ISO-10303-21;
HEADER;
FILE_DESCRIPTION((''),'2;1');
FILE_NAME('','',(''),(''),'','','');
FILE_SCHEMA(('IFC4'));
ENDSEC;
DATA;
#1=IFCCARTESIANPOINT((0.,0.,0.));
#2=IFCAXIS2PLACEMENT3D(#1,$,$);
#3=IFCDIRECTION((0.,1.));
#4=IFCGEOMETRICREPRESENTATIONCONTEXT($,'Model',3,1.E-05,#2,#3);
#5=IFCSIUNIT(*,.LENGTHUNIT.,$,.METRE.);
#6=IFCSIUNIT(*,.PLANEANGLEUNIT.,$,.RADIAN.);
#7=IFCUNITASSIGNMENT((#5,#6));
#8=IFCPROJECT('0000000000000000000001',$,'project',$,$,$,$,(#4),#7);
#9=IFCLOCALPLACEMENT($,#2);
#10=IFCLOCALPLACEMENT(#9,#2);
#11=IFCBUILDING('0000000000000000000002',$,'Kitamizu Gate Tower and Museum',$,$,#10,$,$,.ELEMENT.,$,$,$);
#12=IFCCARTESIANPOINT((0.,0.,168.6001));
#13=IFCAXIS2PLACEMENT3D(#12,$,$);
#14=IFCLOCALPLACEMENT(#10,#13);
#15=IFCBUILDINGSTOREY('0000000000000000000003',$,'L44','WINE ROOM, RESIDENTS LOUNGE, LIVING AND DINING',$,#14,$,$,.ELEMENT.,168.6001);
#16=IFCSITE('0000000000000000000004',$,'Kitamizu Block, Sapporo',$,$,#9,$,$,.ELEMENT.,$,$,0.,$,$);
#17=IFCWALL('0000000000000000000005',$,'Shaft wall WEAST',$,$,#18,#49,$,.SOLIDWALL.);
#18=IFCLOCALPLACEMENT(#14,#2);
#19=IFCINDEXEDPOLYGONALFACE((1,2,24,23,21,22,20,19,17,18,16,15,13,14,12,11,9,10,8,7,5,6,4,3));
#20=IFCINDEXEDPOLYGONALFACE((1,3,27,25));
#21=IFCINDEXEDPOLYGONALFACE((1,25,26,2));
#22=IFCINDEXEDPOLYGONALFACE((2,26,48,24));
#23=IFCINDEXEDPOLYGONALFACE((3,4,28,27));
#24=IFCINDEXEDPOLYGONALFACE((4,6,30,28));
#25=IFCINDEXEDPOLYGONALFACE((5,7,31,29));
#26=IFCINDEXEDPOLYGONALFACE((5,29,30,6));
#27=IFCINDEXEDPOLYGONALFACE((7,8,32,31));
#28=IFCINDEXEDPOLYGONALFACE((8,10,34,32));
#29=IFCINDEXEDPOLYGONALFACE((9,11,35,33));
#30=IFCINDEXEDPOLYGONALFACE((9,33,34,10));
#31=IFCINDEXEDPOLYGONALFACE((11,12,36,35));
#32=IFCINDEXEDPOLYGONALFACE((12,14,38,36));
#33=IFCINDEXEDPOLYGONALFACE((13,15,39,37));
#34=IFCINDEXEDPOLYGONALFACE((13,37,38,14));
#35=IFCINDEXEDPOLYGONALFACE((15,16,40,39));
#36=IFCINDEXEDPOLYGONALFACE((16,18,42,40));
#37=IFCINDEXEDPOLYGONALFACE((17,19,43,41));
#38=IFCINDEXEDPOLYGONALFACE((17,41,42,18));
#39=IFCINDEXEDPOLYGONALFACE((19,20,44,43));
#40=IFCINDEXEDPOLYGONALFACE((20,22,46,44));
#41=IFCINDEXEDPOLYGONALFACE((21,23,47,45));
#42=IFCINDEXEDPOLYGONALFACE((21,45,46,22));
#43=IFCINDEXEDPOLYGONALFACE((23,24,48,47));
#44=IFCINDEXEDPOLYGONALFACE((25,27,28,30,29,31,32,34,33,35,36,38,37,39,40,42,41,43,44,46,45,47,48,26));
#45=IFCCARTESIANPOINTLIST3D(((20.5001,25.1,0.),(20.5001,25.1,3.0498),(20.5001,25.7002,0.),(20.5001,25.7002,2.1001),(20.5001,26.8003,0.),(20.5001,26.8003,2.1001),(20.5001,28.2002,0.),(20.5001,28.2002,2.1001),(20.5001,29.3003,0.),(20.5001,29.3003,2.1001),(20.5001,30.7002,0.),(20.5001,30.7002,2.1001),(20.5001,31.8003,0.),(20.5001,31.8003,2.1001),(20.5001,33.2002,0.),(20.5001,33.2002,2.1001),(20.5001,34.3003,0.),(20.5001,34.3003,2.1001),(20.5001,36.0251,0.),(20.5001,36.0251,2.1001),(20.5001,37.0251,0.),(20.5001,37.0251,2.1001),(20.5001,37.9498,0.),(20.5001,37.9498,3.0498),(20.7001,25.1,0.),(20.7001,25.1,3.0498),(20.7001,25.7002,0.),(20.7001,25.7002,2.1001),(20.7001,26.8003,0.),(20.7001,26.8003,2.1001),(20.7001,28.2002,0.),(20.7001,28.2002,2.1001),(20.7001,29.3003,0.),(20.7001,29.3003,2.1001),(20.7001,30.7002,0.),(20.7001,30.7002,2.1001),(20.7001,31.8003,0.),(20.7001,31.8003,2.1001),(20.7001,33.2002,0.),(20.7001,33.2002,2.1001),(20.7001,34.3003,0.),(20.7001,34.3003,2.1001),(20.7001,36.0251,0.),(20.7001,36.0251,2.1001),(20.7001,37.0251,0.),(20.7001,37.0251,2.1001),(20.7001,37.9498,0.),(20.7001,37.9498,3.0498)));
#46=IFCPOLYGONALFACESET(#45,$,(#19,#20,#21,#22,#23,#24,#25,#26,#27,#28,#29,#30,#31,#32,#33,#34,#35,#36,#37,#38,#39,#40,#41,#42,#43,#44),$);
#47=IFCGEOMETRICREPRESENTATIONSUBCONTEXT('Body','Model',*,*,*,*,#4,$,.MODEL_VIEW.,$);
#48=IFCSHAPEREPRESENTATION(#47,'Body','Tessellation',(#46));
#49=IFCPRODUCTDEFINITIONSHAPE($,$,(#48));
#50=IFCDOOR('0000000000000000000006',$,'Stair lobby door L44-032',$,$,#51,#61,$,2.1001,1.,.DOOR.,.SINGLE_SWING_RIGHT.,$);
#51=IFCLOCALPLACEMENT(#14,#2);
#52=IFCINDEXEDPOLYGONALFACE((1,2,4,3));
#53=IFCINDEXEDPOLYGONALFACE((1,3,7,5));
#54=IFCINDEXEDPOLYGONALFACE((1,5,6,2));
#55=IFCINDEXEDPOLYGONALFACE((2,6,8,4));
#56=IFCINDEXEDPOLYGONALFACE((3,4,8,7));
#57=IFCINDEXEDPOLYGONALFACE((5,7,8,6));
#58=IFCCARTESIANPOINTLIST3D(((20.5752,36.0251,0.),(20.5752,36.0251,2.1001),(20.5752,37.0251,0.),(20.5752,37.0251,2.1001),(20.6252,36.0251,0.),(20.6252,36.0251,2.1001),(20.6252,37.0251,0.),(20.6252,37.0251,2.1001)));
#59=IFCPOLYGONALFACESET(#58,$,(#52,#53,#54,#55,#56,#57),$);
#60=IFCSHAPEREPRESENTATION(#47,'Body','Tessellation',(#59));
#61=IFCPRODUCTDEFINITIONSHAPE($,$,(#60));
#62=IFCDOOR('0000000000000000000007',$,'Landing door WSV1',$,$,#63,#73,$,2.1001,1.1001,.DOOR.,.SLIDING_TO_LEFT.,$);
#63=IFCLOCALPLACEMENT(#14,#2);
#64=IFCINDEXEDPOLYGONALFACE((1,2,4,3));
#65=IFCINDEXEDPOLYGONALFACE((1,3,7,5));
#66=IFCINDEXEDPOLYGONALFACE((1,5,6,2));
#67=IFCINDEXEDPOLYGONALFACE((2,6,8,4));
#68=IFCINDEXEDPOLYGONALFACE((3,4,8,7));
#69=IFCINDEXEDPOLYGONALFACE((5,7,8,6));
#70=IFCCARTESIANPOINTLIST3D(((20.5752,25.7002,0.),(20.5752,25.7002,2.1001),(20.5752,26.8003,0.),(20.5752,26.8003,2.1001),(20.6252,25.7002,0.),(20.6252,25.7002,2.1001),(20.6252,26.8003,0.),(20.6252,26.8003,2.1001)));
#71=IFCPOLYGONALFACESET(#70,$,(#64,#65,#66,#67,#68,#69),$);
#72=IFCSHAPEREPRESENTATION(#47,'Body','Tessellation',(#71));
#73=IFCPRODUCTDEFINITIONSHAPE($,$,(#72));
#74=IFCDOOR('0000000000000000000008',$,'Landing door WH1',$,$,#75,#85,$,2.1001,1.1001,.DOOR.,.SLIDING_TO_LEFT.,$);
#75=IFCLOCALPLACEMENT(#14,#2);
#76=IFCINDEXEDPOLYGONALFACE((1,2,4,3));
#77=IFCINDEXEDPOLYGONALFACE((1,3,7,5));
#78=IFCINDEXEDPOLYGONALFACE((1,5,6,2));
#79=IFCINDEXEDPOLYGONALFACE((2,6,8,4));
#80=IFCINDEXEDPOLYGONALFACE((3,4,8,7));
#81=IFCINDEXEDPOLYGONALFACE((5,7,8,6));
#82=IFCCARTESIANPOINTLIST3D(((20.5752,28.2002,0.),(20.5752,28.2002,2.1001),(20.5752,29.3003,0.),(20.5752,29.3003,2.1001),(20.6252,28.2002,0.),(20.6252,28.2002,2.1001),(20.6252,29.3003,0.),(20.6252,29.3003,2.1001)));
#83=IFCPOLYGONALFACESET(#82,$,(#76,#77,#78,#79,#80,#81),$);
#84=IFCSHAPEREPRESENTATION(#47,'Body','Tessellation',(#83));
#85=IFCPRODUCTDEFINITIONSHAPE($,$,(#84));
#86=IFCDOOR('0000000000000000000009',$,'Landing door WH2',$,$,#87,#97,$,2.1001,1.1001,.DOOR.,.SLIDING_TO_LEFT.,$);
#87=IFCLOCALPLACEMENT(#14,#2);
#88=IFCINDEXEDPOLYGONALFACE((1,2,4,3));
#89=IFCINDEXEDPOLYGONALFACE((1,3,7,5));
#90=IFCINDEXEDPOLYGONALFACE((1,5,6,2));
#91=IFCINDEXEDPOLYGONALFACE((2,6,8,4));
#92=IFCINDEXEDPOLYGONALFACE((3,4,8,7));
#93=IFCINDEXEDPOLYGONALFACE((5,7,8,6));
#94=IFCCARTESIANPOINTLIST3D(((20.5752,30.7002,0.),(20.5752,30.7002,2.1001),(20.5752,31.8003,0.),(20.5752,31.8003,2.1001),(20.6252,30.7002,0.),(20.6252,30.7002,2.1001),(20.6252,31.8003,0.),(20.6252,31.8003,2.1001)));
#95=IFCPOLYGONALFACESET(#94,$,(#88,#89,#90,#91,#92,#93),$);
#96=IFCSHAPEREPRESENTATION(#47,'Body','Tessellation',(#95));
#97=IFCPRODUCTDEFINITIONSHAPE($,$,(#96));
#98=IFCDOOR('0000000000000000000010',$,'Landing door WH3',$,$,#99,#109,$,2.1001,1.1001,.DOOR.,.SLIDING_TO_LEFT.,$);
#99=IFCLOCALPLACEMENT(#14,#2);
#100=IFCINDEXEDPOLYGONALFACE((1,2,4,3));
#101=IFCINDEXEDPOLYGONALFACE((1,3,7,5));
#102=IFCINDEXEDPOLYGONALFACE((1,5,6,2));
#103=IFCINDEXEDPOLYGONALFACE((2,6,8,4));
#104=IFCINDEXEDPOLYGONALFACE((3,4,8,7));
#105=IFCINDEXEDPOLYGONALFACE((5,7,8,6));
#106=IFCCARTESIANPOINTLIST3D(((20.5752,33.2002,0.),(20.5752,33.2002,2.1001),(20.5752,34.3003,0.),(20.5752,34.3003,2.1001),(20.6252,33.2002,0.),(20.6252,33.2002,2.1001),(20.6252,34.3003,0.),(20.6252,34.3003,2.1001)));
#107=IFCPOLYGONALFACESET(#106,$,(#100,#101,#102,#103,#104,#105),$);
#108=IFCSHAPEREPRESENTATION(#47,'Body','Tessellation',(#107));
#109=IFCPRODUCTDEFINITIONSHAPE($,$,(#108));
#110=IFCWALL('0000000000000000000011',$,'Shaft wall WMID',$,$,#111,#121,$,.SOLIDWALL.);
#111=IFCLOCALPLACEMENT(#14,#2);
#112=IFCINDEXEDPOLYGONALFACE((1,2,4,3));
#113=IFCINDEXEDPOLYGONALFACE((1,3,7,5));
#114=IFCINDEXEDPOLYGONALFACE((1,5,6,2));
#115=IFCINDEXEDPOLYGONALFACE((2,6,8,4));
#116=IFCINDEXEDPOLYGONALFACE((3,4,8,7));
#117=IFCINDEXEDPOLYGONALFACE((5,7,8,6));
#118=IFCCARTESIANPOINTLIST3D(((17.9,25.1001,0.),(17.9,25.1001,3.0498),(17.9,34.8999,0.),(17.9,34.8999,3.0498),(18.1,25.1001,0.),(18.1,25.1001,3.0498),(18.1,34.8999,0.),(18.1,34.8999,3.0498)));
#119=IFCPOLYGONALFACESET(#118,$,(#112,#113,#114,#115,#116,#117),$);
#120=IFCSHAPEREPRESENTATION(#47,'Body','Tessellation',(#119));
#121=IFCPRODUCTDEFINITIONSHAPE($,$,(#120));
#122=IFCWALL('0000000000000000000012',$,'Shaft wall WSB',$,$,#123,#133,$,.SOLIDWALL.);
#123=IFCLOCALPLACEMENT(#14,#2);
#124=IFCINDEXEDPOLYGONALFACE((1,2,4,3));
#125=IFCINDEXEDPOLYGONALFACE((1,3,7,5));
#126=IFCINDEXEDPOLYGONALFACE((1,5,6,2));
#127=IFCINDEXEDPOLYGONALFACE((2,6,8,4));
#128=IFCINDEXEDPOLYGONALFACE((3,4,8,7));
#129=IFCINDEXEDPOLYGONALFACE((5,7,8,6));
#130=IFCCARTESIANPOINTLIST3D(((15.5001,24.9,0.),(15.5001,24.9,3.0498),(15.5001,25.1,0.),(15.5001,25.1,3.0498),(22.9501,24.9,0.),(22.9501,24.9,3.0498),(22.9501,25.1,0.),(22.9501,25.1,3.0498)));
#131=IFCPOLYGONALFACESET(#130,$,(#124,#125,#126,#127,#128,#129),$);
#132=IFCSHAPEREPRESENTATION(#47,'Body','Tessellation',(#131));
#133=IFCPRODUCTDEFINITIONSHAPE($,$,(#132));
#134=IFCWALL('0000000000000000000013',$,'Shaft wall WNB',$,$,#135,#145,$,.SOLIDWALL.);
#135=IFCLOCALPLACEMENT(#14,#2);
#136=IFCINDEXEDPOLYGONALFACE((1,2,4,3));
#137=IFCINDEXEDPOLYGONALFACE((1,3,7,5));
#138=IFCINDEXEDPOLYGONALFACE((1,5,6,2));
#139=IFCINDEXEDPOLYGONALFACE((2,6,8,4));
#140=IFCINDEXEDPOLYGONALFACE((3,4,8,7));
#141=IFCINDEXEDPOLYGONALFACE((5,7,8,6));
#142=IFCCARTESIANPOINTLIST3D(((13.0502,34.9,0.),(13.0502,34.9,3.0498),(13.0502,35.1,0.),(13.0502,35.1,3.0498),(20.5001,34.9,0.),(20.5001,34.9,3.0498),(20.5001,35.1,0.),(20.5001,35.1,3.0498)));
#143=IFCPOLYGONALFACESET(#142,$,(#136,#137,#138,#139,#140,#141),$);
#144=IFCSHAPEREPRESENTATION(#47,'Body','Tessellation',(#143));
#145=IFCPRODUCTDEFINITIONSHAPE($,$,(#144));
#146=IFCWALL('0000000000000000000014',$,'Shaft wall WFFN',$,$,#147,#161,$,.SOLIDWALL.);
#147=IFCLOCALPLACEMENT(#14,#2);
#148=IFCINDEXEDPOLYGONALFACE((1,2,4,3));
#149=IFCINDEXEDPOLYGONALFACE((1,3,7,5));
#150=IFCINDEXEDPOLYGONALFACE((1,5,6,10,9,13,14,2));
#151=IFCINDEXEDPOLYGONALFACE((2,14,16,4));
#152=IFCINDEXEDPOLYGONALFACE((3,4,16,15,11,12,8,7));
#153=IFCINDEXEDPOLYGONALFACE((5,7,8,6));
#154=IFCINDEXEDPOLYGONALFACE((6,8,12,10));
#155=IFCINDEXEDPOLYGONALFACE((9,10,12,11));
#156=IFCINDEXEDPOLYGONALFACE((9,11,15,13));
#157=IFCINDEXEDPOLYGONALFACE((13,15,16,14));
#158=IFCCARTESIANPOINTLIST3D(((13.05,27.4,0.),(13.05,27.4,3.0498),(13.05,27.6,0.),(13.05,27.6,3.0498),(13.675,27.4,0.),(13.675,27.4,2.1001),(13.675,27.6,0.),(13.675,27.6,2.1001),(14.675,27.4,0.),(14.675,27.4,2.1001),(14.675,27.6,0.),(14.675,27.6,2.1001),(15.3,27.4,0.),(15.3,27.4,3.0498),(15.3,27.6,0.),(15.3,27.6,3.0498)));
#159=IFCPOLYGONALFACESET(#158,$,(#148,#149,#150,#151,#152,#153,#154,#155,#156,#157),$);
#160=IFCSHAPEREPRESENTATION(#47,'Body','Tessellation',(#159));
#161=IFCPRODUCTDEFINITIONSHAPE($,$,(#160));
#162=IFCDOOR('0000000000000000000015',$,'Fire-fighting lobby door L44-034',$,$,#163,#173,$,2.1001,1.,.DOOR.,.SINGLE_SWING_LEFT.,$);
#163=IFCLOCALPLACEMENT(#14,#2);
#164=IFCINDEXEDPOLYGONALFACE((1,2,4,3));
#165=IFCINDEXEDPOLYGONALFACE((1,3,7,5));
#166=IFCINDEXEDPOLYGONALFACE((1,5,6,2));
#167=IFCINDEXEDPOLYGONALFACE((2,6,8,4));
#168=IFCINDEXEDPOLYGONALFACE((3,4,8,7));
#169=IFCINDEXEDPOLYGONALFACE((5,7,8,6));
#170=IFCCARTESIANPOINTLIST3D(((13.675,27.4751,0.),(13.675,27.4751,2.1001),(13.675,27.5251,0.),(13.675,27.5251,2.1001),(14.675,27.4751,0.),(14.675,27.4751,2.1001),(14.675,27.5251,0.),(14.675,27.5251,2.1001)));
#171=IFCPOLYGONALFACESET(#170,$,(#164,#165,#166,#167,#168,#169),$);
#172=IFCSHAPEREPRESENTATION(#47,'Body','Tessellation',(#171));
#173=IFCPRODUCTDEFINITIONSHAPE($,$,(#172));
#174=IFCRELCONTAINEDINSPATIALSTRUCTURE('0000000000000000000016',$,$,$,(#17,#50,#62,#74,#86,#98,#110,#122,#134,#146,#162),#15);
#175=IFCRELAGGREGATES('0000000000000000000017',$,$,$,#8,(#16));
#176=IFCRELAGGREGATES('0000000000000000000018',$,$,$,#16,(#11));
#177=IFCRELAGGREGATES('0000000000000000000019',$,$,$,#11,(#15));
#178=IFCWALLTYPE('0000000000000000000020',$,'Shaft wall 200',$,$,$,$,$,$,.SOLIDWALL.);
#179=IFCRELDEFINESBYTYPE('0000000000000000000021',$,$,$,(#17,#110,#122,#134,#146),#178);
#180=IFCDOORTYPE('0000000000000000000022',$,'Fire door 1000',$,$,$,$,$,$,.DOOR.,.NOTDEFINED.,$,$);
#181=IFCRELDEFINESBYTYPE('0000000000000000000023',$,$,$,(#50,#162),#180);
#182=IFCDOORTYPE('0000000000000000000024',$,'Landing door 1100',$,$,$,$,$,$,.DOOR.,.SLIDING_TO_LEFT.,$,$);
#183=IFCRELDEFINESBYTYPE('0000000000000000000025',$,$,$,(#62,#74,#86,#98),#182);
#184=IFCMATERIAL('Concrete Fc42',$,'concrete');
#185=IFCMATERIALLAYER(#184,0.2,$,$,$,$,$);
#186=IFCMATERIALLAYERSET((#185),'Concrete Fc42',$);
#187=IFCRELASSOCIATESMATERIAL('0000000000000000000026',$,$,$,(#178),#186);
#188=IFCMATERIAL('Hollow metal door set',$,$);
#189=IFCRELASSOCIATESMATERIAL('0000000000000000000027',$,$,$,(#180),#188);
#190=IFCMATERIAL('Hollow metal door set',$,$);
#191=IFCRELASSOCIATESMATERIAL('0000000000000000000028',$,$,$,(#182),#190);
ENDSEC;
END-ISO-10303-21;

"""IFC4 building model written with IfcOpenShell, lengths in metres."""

from ifc_helpers import new_model, si_unit, direction, frame, frame_2d, origin, place, context, subcontext, project, spatial, rectangle, extrude, material, layer, layer_set, type_object, element, fill, save


model = new_model("IFC4")

# Units and contexts
model_context = context("Model", 3, precision=1e-05, world=origin(), true_north=direction((0.0, 1.0)))
body_context = subcontext(model_context, "Body", "Model", "MODEL_VIEW")
ifc_project = project(units=[si_unit("LENGTHUNIT", "METRE"), si_unit("PLANEANGLEUNIT", "RADIAN")], contexts=[model_context])

# Site, building, storey
site_placement = place(None, origin())
site = spatial("IfcSite", under=ifc_project, at=site_placement, Name="Kitamizu Block, Sapporo", CompositionType="ELEMENT", RefElevation=0.0)
building_placement = place(site_placement, origin())
building = spatial("IfcBuilding", under=site, at=building_placement, Name="Kitamizu Gate Tower and Museum", CompositionType="ELEMENT")
storey_placement = place(building_placement, frame((0.0, 0.0, 168.6001)))
storey = spatial("IfcBuildingStorey", under=building, at=storey_placement, Name="L44", Description="WINE ROOM, RESIDENTS LOUNGE, LIVING AND DINING", CompositionType="ELEMENT", Elevation=168.6001)

# Wall, openings, doors
ifc_material_1 = material(Name="Concrete Fc42", Category="concrete")
ifc_layer = layer(ifc_material_1, 0.2)
ifc_layer_set = layer_set([ifc_layer], Name="Concrete Fc42")
wall_type = type_object("IfcWallType", Name="Shaft wall 200", PredefinedType="SOLIDWALL", material=ifc_layer_set)
wall_1_placement = place(storey_placement, frame((20.6001, 25.1001, 0.0), z_axis=(0.0, 0.0, 1.0), x_axis=(0.0, 1.0, 0.0)))
wall_1 = element("IfcWall", 1, at=wall_1_placement, inside=storey, type_object=wall_type, Name="Shaft wall WEAST", PredefinedType="SOLIDWALL", context=body_context, shape_type="SweptSolid", body=[
    extrude(rectangle(XDim=12.8499, YDim=0.2, at=frame_2d((6.4248, 0.0))), origin(), (0.0, 0.0, 1.0), 3.0498),
])
opening_1_placement = place(wall_1_placement, frame((0.6001, 0.0, 0.0)))
opening_1 = element("IfcOpeningElement", 2, at=opening_1_placement, cuts=wall_1, PredefinedType="OPENING", context=body_context, shape_type="SweptSolid", body=[
    extrude(rectangle(XDim=1.1001, YDim=2.1001, at=frame_2d((0.55, 1.05))), frame((0.0, 0.1099, 0.0), z_axis=(0.0, -1.0, 0.0), x_axis=(1.0, 0.0, 0.0)), (0.0, 0.0, 1.0), 0.22),
])
opening_2_placement = place(wall_1_placement, frame((3.1001, 0.0, 0.0)))
opening_2 = element("IfcOpeningElement", 3, at=opening_2_placement, cuts=wall_1, PredefinedType="OPENING", context=body_context, shape_type="SweptSolid", body=[
    extrude(rectangle(XDim=1.1001, YDim=2.1001, at=frame_2d((0.55, 1.05))), frame((0.0, 0.1099, 0.0), z_axis=(0.0, -1.0, 0.0), x_axis=(1.0, 0.0, 0.0)), (0.0, 0.0, 1.0), 0.22),
])
opening_3_placement = place(wall_1_placement, frame((5.6001, 0.0, 0.0)))
opening_3 = element("IfcOpeningElement", 4, at=opening_3_placement, cuts=wall_1, PredefinedType="OPENING", context=body_context, shape_type="SweptSolid", body=[
    extrude(rectangle(XDim=1.1001, YDim=2.1001, at=frame_2d((0.55, 1.05))), frame((0.0, 0.1099, 0.0), z_axis=(0.0, -1.0, 0.0), x_axis=(1.0, 0.0, 0.0)), (0.0, 0.0, 1.0), 0.22),
])
opening_4_placement = place(wall_1_placement, frame((8.1001, 0.0, 0.0)))
opening_4 = element("IfcOpeningElement", 5, at=opening_4_placement, cuts=wall_1, PredefinedType="OPENING", context=body_context, shape_type="SweptSolid", body=[
    extrude(rectangle(XDim=1.1001, YDim=2.1001, at=frame_2d((0.55, 1.05))), frame((0.0, 0.1099, 0.0), z_axis=(0.0, -1.0, 0.0), x_axis=(1.0, 0.0, 0.0)), (0.0, 0.0, 1.0), 0.22),
])
opening_5_placement = place(wall_1_placement, frame((10.925, 0.0, 0.0)))
opening_5 = element("IfcOpeningElement", 6, at=opening_5_placement, cuts=wall_1, PredefinedType="OPENING", context=body_context, shape_type="SweptSolid", body=[
    extrude(rectangle(XDim=1.0, YDim=2.1001, at=frame_2d((0.5, 1.05))), frame((0.0, 0.1099, 0.0), z_axis=(0.0, -1.0, 0.0), x_axis=(1.0, 0.0, 0.0)), (0.0, 0.0, 1.0), 0.22),
])
ifc_material_2 = material(Name="Hollow metal door set")
door_type_1 = type_object("IfcDoorType", Name="Fire door 1000", OperationType="NOTDEFINED", PredefinedType="DOOR", material=ifc_material_2)
door_1_placement = place(opening_5_placement, origin())
door_1 = element("IfcDoor", 7, at=door_1_placement, inside=storey, type_object=door_type_1, Name="Stair lobby door L44-032", OperationType="SINGLE_SWING_RIGHT", OverallHeight=2.1001, OverallWidth=1.0, PredefinedType="DOOR", context=body_context, shape_type="SweptSolid", body=[
    extrude(rectangle(XDim=1.0, YDim=2.1001, at=frame_2d((0.5, 1.05))), frame((0.0, 0.0249, 0.0), z_axis=(0.0, -1.0, 0.0), x_axis=(1.0, 0.0, 0.0)), (0.0, 0.0, 1.0), 0.05),
])
fill(opening_5, door_1)
ifc_material_3 = material(Name="Hollow metal door set")
door_type_2 = type_object("IfcDoorType", Name="Landing door 1100", OperationType="SLIDING_TO_LEFT", PredefinedType="DOOR", material=ifc_material_3)
door_2_placement = place(opening_1_placement, origin())
door_2 = element("IfcDoor", 8, at=door_2_placement, inside=storey, type_object=door_type_2, Name="Landing door WSV1", OperationType="SLIDING_TO_LEFT", OverallHeight=2.1001, OverallWidth=1.1001, PredefinedType="DOOR", context=body_context, shape_type="SweptSolid", body=[
    extrude(rectangle(XDim=1.1001, YDim=2.1001, at=frame_2d((0.55, 1.05))), frame((0.0, 0.0249, 0.0), z_axis=(0.0, -1.0, 0.0), x_axis=(1.0, 0.0, 0.0)), (0.0, 0.0, 1.0), 0.05),
])
fill(opening_1, door_2)
door_3_placement = place(opening_2_placement, origin())
door_3 = element("IfcDoor", 9, at=door_3_placement, inside=storey, type_object=door_type_2, Name="Landing door WH1", OperationType="SLIDING_TO_LEFT", OverallHeight=2.1001, OverallWidth=1.1001, PredefinedType="DOOR", context=body_context, shape_type="SweptSolid", body=[
    extrude(rectangle(XDim=1.1001, YDim=2.1001, at=frame_2d((0.55, 1.05))), frame((0.0, 0.0249, 0.0), z_axis=(0.0, -1.0, 0.0), x_axis=(1.0, 0.0, 0.0)), (0.0, 0.0, 1.0), 0.05),
])
fill(opening_2, door_3)
door_4_placement = place(opening_3_placement, origin())
door_4 = element("IfcDoor", 10, at=door_4_placement, inside=storey, type_object=door_type_2, Name="Landing door WH2", OperationType="SLIDING_TO_LEFT", OverallHeight=2.1001, OverallWidth=1.1001, PredefinedType="DOOR", context=body_context, shape_type="SweptSolid", body=[
    extrude(rectangle(XDim=1.1001, YDim=2.1001, at=frame_2d((0.55, 1.05))), frame((0.0, 0.0249, 0.0), z_axis=(0.0, -1.0, 0.0), x_axis=(1.0, 0.0, 0.0)), (0.0, 0.0, 1.0), 0.05),
])
fill(opening_3, door_4)
door_5_placement = place(opening_4_placement, origin())
door_5 = element("IfcDoor", 11, at=door_5_placement, inside=storey, type_object=door_type_2, Name="Landing door WH3", OperationType="SLIDING_TO_LEFT", OverallHeight=2.1001, OverallWidth=1.1001, PredefinedType="DOOR", context=body_context, shape_type="SweptSolid", body=[
    extrude(rectangle(XDim=1.1001, YDim=2.1001, at=frame_2d((0.55, 1.05))), frame((0.0, 0.0249, 0.0), z_axis=(0.0, -1.0, 0.0), x_axis=(1.0, 0.0, 0.0)), (0.0, 0.0, 1.0), 0.05),
])
fill(opening_4, door_5)

# Walls
wall_2_placement = place(storey_placement, frame((18.0, 25.1001, 0.0), z_axis=(0.0, 0.0, 1.0), x_axis=(0.0, 1.0, 0.0)))
element("IfcWall", 12, at=wall_2_placement, inside=storey, type_object=wall_type, Name="Shaft wall WMID", PredefinedType="SOLIDWALL", context=body_context, shape_type="SweptSolid", body=[
    extrude(rectangle(XDim=9.7998, YDim=0.2, at=frame_2d((4.8999, 0.0))), origin(), (0.0, 0.0, 1.0), 3.0498),
])
for number, where, z_axis, x_axis, name in (
    (13, (15.5, 25.0, 0.0), (0.0, 0.0, 1.0), (1.0, 0.0, 0.0), "Shaft wall WSB"),
    (14, (13.05, 35.0, 0.0), (0.0, 0.0, 1.0), (1.0, 0.0, 0.0), "Shaft wall WNB"),
):
    element("IfcWall", number, at=place(storey_placement, frame(where, z_axis=z_axis, x_axis=x_axis)), inside=storey, type_object=wall_type, Name=name, PredefinedType="SOLIDWALL", context=body_context, shape_type="SweptSolid", body=[
        extrude(rectangle(XDim=7.45, YDim=0.2, at=frame_2d((3.7251, 0.0))), origin(), (0.0, 0.0, 1.0), 3.0498),
    ])

# Wall, opening, door
wall_3_placement = place(storey_placement, frame((13.05, 27.5, 0.0), z_axis=(0.0, 0.0, 1.0), x_axis=(1.0, 0.0, 0.0)))
wall_3 = element("IfcWall", 15, at=wall_3_placement, inside=storey, type_object=wall_type, Name="Shaft wall WFFN", PredefinedType="SOLIDWALL", context=body_context, shape_type="SweptSolid", body=[
    extrude(rectangle(XDim=2.25, YDim=0.2, at=frame_2d((1.125, 0.0))), origin(), (0.0, 0.0, 1.0), 3.0498),
])
opening_6_placement = place(wall_3_placement, frame((0.625, 0.0, 0.0)))
opening_6 = element("IfcOpeningElement", 16, at=opening_6_placement, cuts=wall_3, PredefinedType="OPENING", context=body_context, shape_type="SweptSolid", body=[
    extrude(rectangle(XDim=1.0, YDim=2.1001, at=frame_2d((0.5, 1.05))), frame((0.0, 0.1099, 0.0), z_axis=(0.0, -1.0, 0.0), x_axis=(1.0, 0.0, 0.0)), (0.0, 0.0, 1.0), 0.22),
])
door_6_placement = place(opening_6_placement, frame((1.0, 0.0, 0.0), x_axis=(-1.0, 0.0, 0.0)))
door_6 = element("IfcDoor", 17, at=door_6_placement, inside=storey, type_object=door_type_1, Name="Fire-fighting lobby door L44-034", OperationType="SINGLE_SWING_LEFT", OverallHeight=2.1001, OverallWidth=1.0, PredefinedType="DOOR", context=body_context, shape_type="SweptSolid", body=[
    extrude(rectangle(XDim=1.0, YDim=2.1001, at=frame_2d((0.5, 1.05))), frame((0.0, 0.0249, 0.0), z_axis=(0.0, -1.0, 0.0), x_axis=(1.0, 0.0, 0.0)), (0.0, 0.0, 1.0), 0.05),
])
fill(opening_6, door_6)

save(model, "model.ifc")
